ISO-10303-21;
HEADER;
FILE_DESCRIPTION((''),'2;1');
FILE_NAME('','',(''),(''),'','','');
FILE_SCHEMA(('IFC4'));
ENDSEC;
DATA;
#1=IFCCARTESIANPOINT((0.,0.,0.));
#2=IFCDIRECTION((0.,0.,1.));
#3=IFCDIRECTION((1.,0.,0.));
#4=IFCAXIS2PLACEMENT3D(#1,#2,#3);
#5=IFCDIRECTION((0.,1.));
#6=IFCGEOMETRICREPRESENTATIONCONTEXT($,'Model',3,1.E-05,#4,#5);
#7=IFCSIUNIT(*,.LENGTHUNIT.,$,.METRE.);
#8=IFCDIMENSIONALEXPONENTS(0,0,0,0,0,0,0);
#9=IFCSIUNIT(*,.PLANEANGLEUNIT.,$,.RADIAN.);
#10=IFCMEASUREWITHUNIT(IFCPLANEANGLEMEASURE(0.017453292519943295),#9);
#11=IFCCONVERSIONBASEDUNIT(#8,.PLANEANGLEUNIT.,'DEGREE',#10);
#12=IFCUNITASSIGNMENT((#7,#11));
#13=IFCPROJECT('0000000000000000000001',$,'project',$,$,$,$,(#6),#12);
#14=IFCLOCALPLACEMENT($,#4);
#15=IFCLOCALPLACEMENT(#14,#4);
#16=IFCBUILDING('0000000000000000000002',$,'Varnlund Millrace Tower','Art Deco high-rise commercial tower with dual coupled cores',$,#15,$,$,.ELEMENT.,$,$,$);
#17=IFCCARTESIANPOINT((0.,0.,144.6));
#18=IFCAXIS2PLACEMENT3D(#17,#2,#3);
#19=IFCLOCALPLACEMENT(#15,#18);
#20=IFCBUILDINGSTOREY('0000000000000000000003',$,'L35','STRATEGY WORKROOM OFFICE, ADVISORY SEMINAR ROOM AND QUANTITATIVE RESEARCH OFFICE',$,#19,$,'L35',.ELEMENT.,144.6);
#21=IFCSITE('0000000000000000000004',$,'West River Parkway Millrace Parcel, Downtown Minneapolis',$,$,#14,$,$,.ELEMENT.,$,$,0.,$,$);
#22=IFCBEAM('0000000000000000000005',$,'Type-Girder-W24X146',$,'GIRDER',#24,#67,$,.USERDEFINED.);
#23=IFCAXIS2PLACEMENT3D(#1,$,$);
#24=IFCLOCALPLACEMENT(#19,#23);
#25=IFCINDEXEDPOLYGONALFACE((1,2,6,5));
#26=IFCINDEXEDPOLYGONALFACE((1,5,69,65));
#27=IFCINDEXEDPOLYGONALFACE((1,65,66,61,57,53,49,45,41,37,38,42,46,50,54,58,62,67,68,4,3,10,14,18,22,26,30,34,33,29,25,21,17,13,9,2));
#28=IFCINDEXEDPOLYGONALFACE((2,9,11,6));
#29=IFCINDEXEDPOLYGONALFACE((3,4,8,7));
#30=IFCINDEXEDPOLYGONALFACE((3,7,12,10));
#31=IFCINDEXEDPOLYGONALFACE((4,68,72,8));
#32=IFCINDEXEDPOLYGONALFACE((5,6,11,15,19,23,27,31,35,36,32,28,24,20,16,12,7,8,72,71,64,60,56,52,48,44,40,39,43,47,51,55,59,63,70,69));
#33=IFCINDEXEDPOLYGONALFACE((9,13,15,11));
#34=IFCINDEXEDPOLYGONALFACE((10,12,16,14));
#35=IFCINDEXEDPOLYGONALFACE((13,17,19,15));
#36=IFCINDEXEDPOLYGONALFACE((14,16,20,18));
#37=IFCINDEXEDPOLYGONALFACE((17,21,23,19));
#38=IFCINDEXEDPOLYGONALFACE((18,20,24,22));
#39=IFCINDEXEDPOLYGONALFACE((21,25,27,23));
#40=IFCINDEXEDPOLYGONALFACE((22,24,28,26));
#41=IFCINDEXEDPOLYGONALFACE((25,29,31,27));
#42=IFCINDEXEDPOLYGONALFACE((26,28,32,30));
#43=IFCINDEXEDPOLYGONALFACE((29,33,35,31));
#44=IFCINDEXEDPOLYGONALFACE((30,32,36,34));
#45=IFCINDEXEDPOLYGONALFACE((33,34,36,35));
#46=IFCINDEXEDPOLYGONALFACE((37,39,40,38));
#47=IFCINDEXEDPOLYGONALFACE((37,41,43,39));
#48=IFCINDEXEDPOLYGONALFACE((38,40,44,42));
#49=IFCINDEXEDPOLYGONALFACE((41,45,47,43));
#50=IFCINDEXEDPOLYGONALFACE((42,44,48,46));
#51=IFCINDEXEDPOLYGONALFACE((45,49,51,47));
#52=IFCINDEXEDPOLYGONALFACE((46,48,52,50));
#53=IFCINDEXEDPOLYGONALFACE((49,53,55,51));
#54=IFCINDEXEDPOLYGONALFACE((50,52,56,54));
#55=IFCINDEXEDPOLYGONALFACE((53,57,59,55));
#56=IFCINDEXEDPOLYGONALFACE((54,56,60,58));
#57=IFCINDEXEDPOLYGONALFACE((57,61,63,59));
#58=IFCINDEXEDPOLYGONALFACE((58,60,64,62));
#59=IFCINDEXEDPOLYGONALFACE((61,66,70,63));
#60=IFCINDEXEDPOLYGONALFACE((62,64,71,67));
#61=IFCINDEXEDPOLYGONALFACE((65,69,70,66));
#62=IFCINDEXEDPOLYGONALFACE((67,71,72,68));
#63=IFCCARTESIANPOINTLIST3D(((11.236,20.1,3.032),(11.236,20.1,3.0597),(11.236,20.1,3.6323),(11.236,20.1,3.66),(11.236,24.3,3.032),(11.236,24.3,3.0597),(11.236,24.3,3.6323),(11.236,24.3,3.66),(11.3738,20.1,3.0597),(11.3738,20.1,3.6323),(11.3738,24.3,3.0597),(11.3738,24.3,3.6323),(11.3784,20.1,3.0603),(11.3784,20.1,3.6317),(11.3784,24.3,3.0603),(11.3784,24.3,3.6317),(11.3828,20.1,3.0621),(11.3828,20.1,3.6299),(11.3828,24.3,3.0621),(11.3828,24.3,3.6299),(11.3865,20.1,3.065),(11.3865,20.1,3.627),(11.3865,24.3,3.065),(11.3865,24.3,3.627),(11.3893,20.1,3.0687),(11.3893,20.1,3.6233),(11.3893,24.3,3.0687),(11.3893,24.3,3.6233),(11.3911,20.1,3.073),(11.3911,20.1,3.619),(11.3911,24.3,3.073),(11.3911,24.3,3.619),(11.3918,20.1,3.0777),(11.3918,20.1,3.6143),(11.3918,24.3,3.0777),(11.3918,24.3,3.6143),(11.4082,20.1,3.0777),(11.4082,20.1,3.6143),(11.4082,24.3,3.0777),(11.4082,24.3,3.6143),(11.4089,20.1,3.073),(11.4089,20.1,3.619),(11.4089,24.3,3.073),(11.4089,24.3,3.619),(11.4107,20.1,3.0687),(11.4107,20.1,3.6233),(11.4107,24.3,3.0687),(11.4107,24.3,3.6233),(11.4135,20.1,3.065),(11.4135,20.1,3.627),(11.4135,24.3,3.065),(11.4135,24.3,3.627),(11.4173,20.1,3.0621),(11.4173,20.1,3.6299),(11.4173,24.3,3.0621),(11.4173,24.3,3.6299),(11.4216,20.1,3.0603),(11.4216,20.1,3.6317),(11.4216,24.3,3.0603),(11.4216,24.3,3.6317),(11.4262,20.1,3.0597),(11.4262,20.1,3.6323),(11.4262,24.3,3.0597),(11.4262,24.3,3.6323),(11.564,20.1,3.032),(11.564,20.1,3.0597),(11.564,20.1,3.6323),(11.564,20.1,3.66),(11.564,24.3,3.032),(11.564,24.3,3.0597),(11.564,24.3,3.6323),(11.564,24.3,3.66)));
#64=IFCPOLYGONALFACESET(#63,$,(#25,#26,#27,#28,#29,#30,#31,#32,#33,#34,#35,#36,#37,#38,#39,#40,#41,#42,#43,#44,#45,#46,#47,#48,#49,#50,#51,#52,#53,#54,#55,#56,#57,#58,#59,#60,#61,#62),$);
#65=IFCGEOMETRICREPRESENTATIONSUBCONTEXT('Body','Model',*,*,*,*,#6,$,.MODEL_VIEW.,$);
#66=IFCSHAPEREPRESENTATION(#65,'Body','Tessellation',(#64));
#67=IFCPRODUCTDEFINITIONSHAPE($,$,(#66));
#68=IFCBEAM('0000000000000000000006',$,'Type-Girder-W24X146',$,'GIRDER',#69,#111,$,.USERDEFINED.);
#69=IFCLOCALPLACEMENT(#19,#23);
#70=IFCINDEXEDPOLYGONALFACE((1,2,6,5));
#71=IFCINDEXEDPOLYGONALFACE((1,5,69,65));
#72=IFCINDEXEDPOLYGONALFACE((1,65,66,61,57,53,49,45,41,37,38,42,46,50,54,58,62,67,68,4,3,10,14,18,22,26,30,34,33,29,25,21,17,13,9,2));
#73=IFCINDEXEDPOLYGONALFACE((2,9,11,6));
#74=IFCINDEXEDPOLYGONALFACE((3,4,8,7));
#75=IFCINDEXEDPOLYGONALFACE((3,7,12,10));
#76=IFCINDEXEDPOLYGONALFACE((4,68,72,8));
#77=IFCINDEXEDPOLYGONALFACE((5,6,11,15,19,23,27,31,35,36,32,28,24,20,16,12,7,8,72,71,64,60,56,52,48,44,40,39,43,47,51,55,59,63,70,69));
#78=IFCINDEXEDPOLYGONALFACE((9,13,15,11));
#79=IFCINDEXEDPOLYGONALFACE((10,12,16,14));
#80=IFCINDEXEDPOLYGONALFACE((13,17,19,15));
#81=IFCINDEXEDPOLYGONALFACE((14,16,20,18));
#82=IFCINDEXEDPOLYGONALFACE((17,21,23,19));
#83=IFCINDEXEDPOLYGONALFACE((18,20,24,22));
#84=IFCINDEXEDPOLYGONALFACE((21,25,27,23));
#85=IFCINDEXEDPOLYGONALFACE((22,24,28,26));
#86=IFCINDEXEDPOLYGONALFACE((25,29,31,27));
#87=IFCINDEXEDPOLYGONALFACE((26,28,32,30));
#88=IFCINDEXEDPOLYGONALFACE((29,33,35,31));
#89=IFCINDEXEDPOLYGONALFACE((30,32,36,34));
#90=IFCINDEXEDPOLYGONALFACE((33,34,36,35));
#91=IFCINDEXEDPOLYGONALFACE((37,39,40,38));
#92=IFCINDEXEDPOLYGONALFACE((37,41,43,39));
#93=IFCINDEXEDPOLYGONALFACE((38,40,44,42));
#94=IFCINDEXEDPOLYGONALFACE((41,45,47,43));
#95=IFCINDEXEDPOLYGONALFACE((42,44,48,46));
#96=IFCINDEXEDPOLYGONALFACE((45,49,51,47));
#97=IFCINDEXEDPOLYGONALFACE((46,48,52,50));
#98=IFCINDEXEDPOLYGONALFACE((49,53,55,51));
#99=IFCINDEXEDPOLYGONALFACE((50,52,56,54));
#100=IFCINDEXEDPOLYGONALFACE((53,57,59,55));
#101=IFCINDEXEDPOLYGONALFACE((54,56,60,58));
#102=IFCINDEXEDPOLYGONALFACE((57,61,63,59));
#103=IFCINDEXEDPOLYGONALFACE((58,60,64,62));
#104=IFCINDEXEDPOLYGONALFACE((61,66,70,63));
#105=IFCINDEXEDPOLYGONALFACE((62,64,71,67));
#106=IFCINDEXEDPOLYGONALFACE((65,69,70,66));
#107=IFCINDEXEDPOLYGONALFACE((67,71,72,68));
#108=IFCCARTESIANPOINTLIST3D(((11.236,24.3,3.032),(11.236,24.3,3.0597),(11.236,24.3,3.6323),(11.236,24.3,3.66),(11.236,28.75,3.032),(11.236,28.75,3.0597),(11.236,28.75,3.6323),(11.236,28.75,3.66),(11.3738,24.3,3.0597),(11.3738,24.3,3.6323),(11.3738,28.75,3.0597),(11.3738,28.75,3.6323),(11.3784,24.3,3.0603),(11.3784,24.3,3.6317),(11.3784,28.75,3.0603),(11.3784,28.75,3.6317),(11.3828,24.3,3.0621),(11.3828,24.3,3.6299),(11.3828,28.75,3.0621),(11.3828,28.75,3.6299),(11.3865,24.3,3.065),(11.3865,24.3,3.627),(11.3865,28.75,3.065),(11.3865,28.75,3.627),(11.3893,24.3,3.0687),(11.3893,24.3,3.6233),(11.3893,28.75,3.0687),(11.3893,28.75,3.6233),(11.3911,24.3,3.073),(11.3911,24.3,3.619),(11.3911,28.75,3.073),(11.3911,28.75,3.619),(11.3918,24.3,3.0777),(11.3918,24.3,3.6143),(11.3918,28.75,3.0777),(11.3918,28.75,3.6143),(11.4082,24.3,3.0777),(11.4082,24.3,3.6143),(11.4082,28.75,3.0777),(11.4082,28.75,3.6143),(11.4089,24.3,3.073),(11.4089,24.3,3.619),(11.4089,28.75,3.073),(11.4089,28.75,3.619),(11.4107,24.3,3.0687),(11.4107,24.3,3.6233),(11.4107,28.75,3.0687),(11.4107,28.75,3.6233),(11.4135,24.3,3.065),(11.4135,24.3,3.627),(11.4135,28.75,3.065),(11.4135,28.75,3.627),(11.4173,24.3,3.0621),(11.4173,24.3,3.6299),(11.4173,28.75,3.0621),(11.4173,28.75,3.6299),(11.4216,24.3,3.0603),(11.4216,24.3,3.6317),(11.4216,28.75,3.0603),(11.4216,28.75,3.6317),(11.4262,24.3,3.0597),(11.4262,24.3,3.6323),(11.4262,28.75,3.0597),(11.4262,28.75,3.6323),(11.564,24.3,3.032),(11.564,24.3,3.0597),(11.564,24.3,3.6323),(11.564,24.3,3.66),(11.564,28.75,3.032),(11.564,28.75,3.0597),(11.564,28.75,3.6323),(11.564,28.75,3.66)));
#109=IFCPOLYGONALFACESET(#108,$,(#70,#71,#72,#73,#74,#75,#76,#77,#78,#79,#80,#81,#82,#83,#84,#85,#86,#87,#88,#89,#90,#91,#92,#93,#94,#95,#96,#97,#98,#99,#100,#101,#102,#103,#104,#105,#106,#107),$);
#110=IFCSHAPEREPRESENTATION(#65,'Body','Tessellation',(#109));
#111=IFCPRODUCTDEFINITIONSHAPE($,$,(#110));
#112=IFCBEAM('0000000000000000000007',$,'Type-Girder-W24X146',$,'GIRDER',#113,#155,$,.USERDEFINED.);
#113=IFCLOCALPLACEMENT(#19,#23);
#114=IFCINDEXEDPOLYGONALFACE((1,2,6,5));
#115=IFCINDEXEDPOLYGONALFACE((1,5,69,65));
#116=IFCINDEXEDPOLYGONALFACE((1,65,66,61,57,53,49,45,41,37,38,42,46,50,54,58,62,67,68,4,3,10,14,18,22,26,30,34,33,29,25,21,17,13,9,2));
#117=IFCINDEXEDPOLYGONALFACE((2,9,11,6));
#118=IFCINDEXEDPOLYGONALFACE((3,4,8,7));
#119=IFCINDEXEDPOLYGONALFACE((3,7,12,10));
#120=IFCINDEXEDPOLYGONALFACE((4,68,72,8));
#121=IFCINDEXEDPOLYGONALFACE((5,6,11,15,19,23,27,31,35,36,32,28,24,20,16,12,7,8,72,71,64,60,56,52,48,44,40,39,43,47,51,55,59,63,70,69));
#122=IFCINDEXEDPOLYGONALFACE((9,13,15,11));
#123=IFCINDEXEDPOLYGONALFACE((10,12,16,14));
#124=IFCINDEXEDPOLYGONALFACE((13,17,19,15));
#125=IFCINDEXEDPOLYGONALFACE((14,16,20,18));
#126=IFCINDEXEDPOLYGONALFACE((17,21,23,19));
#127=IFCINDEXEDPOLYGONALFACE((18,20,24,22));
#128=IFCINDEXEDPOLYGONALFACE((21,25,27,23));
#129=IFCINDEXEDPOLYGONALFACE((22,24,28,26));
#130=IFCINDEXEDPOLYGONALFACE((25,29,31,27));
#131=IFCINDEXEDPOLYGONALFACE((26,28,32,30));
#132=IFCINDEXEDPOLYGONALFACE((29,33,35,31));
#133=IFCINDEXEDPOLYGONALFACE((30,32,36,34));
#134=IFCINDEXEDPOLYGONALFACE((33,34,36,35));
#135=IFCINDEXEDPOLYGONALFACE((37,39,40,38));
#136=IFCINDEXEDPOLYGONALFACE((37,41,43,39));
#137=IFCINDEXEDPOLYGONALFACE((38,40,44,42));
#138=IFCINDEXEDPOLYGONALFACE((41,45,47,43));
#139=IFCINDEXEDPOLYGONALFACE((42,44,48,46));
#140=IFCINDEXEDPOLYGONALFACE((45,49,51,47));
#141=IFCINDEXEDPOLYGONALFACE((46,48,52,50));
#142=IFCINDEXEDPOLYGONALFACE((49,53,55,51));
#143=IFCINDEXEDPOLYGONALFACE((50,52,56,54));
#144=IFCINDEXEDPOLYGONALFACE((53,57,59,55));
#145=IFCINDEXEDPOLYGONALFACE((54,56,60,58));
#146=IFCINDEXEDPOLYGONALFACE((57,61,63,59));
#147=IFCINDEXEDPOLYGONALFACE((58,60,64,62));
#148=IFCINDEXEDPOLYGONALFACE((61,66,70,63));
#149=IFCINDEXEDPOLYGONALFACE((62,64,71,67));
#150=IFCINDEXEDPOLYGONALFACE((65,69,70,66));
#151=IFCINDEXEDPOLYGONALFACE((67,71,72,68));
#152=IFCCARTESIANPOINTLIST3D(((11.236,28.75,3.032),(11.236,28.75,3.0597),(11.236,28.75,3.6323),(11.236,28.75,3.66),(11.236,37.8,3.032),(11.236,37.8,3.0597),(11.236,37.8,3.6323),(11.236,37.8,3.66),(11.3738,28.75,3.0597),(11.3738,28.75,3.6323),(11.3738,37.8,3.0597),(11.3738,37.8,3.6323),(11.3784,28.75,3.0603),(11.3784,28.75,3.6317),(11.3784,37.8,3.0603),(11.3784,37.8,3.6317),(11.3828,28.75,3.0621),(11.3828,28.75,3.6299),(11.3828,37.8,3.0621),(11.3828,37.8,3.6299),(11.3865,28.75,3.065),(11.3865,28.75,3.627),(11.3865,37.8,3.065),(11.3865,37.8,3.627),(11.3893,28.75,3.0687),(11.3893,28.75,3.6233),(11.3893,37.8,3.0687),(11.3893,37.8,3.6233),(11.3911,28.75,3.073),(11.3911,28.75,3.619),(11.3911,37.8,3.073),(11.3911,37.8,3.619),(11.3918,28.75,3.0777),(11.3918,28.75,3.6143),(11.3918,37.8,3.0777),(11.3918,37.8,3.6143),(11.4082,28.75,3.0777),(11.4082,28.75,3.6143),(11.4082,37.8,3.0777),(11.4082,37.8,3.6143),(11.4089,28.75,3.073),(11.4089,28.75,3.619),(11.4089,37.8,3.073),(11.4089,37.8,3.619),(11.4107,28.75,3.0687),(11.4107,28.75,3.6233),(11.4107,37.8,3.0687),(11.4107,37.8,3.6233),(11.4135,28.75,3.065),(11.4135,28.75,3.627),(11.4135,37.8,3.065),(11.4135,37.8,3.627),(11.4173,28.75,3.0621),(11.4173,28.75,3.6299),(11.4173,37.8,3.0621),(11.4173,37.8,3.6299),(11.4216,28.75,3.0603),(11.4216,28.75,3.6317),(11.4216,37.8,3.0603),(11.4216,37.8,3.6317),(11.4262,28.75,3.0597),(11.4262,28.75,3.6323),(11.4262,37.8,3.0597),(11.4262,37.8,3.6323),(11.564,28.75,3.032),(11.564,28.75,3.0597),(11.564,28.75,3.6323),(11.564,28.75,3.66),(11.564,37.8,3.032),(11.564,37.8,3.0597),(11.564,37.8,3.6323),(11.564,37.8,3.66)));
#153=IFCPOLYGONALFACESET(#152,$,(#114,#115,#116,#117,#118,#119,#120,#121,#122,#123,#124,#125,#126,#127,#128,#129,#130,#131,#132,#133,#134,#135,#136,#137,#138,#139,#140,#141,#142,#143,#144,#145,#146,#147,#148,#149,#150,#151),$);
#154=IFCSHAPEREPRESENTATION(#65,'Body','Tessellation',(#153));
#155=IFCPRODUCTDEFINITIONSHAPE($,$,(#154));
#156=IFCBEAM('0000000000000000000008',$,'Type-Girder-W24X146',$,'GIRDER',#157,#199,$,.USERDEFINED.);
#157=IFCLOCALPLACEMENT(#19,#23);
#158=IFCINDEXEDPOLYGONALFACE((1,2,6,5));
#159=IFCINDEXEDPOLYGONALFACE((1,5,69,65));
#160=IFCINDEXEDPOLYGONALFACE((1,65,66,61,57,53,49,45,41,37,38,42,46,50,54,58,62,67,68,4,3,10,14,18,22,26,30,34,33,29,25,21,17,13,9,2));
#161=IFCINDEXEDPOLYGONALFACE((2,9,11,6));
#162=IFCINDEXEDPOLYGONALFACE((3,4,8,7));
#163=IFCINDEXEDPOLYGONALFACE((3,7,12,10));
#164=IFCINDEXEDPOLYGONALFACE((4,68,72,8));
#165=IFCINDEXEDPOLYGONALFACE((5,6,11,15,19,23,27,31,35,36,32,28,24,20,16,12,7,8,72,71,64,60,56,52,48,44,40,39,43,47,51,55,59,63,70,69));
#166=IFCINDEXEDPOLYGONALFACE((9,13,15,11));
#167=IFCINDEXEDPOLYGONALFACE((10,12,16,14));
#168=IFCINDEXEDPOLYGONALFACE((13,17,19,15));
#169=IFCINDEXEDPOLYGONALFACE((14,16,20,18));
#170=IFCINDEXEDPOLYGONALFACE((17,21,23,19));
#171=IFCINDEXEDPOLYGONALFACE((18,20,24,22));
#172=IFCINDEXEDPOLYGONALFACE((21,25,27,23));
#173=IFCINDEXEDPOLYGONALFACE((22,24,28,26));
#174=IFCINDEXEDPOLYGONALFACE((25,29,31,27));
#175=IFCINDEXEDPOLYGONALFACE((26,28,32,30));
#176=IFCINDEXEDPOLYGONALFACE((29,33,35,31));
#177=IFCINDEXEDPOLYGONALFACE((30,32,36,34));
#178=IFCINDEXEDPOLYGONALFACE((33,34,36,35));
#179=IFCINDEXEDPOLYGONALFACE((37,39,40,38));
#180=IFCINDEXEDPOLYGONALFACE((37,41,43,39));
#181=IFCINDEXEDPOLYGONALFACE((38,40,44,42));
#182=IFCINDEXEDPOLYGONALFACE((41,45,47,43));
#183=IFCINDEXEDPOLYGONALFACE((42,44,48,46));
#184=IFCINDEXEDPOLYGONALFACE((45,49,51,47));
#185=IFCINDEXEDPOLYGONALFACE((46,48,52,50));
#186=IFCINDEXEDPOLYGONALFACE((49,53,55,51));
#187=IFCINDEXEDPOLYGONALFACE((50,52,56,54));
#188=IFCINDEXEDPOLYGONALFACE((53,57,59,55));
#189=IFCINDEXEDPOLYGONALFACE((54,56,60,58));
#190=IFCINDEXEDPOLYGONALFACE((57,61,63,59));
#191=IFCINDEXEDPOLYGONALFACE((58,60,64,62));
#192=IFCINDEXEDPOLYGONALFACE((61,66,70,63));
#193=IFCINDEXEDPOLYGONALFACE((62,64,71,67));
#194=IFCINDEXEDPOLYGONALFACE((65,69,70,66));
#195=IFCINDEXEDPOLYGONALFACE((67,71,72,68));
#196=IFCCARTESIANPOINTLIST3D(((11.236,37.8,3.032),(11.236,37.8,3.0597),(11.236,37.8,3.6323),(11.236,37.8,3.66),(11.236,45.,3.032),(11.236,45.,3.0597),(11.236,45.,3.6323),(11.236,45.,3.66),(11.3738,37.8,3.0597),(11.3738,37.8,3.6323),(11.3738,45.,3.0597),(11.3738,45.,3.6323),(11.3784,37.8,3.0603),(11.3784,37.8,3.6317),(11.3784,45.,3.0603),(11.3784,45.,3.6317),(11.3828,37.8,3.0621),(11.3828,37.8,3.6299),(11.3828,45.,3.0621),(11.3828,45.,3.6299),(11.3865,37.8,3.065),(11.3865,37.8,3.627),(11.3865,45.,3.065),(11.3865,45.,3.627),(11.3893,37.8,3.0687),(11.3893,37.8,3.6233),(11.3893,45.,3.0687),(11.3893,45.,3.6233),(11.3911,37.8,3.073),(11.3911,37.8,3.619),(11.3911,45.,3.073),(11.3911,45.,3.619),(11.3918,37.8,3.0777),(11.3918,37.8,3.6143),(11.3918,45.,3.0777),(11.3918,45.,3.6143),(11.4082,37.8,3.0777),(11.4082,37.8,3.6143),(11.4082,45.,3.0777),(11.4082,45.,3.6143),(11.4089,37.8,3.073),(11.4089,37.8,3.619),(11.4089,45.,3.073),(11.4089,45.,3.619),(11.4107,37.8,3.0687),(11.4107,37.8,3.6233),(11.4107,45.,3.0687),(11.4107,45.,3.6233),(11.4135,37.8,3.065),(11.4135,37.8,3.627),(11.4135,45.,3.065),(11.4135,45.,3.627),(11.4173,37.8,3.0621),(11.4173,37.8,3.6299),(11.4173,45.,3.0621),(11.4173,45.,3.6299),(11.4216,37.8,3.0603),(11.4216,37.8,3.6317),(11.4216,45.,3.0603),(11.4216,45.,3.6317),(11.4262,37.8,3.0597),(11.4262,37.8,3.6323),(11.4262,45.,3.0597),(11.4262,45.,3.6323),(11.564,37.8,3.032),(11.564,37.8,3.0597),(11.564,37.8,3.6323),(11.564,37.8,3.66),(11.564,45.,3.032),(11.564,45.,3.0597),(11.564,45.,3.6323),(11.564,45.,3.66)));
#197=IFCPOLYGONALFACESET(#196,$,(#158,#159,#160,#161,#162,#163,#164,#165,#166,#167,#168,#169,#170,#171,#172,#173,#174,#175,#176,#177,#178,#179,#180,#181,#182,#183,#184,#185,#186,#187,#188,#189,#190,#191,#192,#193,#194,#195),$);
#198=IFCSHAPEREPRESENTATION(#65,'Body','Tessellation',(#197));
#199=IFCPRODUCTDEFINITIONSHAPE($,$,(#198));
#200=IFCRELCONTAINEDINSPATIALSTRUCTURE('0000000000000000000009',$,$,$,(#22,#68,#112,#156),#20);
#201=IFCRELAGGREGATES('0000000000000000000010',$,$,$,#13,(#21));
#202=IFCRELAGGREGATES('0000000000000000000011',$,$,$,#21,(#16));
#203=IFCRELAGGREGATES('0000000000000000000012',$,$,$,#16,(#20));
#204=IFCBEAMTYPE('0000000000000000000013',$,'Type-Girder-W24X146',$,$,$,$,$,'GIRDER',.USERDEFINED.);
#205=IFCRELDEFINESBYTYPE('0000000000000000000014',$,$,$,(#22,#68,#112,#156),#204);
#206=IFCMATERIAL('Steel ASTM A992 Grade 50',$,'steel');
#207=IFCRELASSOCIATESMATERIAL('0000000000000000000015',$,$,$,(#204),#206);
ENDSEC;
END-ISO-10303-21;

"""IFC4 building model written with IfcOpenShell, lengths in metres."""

from ifc_helpers import new_model, entity, si_unit, converted_unit, direction, frame, origin_with_axes, origin_2d_with_axis, place, context, subcontext, project, spatial, i_section, extrude, material, material_profile, profile_set, type_object, element, save


model = new_model("IFC4")

# Units and contexts
model_context = context("Model", 3, precision=1e-05, world=origin_with_axes(), true_north=direction((0.0, 1.0)))
body_context = subcontext(model_context, "Body", "Model", "MODEL_VIEW")
ifc_project = project(units=[si_unit("LENGTHUNIT", "METRE"), converted_unit("PLANEANGLEUNIT", "DEGREE", entity("IfcPlaneAngleMeasure", 0.017453292519943295), si_unit("PLANEANGLEUNIT", "RADIAN"), dimensions=[0, 0, 0, 0, 0, 0, 0])], contexts=[model_context])

# Site, building, storey
site_placement = place(None, origin_with_axes())
site = spatial("IfcSite", under=ifc_project, at=site_placement, Name="West River Parkway Millrace Parcel, Downtown Minneapolis", CompositionType="ELEMENT", RefElevation=0.0)
building_placement = place(site_placement, origin_with_axes())
building = spatial("IfcBuilding", under=site, at=building_placement, Name="Varnlund Millrace Tower", Description="Art Deco high-rise commercial tower with dual coupled cores", CompositionType="ELEMENT")
storey_placement = place(building_placement, frame((0.0, 0.0, 144.6), z_axis=(0.0, 0.0, 1.0), x_axis=(1.0, 0.0, 0.0)))
storey = spatial("IfcBuildingStorey", under=building, at=storey_placement, Name="L35", Description="STRATEGY WORKROOM OFFICE, ADVISORY SEMINAR ROOM AND QUANTITATIVE RESEARCH OFFICE", LongName="L35", CompositionType="ELEMENT", Elevation=144.6)

# Beams
ifc_material_1 = material(Name="Steel ASTM A992 Grade 50", Category="steel")
ifc_material_profile_1 = material_profile(ifc_material_1, i_section(OverallWidth=0.328, OverallDepth=0.628, WebThickness=0.0165, FlangeThickness=0.0277, FilletRadius=0.018, at=origin_2d_with_axis()), Name="Steel ASTM A992 Grade 50")
ifc_profile_set_1 = profile_set([ifc_material_profile_1], Name="Steel ASTM A992 Grade 50")
beam_type_1 = type_object("IfcBeamType", Name="Type-Girder-W24X146", ElementType="GIRDER", PredefinedType="USERDEFINED", material=ifc_profile_set_1)
beam_1_placement = place(storey_placement, frame((11.4, 20.1, 3.346), z_axis=(0.0, 1.0, 0.0), x_axis=(-1.0, 0.0, 0.0)))
element("IfcBeam", 1, at=beam_1_placement, inside=storey, type_object=beam_type_1, Name="Type-Girder-W24X146", ObjectType="GIRDER", PredefinedType="USERDEFINED", context=body_context, shape_type="SweptSolid", body=[
    extrude(i_section(OverallWidth=0.328, OverallDepth=0.628, WebThickness=0.0165, FlangeThickness=0.0277, FilletRadius=0.018, at=origin_2d_with_axis()), origin_with_axes(), (0.0, 0.0, 1.0), 4.2),
])
beam_2_placement = place(storey_placement, frame((11.4, 24.3, 3.346), z_axis=(0.0, 1.0, 0.0), x_axis=(-1.0, 0.0, 0.0)))
element("IfcBeam", 2, at=beam_2_placement, inside=storey, type_object=beam_type_1, Name="Type-Girder-W24X146", ObjectType="GIRDER", PredefinedType="USERDEFINED", context=body_context, shape_type="SweptSolid", body=[
    extrude(i_section(OverallWidth=0.328, OverallDepth=0.628, WebThickness=0.0165, FlangeThickness=0.0277, FilletRadius=0.018, at=origin_2d_with_axis()), origin_with_axes(), (0.0, 0.0, 1.0), 4.45),
])
beam_3_placement = place(storey_placement, frame((11.4, 28.75, 3.346), z_axis=(0.0, 1.0, 0.0), x_axis=(-1.0, 0.0, 0.0)))
element("IfcBeam", 3, at=beam_3_placement, inside=storey, type_object=beam_type_1, Name="Type-Girder-W24X146", ObjectType="GIRDER", PredefinedType="USERDEFINED", context=body_context, shape_type="SweptSolid", body=[
    extrude(i_section(OverallWidth=0.328, OverallDepth=0.628, WebThickness=0.0165, FlangeThickness=0.0277, FilletRadius=0.018, at=origin_2d_with_axis()), origin_with_axes(), (0.0, 0.0, 1.0), 9.05),
])
beam_4_placement = place(storey_placement, frame((11.4, 37.8, 3.346), z_axis=(0.0, 1.0, 0.0), x_axis=(-1.0, 0.0, 0.0)))
element("IfcBeam", 4, at=beam_4_placement, inside=storey, type_object=beam_type_1, Name="Type-Girder-W24X146", ObjectType="GIRDER", PredefinedType="USERDEFINED", context=body_context, shape_type="SweptSolid", body=[
    extrude(i_section(OverallWidth=0.328, OverallDepth=0.628, WebThickness=0.0165, FlangeThickness=0.0277, FilletRadius=0.018, at=origin_2d_with_axis()), origin_with_axes(), (0.0, 0.0, 1.0), 7.2),
])

save(model, "model.ifc")
